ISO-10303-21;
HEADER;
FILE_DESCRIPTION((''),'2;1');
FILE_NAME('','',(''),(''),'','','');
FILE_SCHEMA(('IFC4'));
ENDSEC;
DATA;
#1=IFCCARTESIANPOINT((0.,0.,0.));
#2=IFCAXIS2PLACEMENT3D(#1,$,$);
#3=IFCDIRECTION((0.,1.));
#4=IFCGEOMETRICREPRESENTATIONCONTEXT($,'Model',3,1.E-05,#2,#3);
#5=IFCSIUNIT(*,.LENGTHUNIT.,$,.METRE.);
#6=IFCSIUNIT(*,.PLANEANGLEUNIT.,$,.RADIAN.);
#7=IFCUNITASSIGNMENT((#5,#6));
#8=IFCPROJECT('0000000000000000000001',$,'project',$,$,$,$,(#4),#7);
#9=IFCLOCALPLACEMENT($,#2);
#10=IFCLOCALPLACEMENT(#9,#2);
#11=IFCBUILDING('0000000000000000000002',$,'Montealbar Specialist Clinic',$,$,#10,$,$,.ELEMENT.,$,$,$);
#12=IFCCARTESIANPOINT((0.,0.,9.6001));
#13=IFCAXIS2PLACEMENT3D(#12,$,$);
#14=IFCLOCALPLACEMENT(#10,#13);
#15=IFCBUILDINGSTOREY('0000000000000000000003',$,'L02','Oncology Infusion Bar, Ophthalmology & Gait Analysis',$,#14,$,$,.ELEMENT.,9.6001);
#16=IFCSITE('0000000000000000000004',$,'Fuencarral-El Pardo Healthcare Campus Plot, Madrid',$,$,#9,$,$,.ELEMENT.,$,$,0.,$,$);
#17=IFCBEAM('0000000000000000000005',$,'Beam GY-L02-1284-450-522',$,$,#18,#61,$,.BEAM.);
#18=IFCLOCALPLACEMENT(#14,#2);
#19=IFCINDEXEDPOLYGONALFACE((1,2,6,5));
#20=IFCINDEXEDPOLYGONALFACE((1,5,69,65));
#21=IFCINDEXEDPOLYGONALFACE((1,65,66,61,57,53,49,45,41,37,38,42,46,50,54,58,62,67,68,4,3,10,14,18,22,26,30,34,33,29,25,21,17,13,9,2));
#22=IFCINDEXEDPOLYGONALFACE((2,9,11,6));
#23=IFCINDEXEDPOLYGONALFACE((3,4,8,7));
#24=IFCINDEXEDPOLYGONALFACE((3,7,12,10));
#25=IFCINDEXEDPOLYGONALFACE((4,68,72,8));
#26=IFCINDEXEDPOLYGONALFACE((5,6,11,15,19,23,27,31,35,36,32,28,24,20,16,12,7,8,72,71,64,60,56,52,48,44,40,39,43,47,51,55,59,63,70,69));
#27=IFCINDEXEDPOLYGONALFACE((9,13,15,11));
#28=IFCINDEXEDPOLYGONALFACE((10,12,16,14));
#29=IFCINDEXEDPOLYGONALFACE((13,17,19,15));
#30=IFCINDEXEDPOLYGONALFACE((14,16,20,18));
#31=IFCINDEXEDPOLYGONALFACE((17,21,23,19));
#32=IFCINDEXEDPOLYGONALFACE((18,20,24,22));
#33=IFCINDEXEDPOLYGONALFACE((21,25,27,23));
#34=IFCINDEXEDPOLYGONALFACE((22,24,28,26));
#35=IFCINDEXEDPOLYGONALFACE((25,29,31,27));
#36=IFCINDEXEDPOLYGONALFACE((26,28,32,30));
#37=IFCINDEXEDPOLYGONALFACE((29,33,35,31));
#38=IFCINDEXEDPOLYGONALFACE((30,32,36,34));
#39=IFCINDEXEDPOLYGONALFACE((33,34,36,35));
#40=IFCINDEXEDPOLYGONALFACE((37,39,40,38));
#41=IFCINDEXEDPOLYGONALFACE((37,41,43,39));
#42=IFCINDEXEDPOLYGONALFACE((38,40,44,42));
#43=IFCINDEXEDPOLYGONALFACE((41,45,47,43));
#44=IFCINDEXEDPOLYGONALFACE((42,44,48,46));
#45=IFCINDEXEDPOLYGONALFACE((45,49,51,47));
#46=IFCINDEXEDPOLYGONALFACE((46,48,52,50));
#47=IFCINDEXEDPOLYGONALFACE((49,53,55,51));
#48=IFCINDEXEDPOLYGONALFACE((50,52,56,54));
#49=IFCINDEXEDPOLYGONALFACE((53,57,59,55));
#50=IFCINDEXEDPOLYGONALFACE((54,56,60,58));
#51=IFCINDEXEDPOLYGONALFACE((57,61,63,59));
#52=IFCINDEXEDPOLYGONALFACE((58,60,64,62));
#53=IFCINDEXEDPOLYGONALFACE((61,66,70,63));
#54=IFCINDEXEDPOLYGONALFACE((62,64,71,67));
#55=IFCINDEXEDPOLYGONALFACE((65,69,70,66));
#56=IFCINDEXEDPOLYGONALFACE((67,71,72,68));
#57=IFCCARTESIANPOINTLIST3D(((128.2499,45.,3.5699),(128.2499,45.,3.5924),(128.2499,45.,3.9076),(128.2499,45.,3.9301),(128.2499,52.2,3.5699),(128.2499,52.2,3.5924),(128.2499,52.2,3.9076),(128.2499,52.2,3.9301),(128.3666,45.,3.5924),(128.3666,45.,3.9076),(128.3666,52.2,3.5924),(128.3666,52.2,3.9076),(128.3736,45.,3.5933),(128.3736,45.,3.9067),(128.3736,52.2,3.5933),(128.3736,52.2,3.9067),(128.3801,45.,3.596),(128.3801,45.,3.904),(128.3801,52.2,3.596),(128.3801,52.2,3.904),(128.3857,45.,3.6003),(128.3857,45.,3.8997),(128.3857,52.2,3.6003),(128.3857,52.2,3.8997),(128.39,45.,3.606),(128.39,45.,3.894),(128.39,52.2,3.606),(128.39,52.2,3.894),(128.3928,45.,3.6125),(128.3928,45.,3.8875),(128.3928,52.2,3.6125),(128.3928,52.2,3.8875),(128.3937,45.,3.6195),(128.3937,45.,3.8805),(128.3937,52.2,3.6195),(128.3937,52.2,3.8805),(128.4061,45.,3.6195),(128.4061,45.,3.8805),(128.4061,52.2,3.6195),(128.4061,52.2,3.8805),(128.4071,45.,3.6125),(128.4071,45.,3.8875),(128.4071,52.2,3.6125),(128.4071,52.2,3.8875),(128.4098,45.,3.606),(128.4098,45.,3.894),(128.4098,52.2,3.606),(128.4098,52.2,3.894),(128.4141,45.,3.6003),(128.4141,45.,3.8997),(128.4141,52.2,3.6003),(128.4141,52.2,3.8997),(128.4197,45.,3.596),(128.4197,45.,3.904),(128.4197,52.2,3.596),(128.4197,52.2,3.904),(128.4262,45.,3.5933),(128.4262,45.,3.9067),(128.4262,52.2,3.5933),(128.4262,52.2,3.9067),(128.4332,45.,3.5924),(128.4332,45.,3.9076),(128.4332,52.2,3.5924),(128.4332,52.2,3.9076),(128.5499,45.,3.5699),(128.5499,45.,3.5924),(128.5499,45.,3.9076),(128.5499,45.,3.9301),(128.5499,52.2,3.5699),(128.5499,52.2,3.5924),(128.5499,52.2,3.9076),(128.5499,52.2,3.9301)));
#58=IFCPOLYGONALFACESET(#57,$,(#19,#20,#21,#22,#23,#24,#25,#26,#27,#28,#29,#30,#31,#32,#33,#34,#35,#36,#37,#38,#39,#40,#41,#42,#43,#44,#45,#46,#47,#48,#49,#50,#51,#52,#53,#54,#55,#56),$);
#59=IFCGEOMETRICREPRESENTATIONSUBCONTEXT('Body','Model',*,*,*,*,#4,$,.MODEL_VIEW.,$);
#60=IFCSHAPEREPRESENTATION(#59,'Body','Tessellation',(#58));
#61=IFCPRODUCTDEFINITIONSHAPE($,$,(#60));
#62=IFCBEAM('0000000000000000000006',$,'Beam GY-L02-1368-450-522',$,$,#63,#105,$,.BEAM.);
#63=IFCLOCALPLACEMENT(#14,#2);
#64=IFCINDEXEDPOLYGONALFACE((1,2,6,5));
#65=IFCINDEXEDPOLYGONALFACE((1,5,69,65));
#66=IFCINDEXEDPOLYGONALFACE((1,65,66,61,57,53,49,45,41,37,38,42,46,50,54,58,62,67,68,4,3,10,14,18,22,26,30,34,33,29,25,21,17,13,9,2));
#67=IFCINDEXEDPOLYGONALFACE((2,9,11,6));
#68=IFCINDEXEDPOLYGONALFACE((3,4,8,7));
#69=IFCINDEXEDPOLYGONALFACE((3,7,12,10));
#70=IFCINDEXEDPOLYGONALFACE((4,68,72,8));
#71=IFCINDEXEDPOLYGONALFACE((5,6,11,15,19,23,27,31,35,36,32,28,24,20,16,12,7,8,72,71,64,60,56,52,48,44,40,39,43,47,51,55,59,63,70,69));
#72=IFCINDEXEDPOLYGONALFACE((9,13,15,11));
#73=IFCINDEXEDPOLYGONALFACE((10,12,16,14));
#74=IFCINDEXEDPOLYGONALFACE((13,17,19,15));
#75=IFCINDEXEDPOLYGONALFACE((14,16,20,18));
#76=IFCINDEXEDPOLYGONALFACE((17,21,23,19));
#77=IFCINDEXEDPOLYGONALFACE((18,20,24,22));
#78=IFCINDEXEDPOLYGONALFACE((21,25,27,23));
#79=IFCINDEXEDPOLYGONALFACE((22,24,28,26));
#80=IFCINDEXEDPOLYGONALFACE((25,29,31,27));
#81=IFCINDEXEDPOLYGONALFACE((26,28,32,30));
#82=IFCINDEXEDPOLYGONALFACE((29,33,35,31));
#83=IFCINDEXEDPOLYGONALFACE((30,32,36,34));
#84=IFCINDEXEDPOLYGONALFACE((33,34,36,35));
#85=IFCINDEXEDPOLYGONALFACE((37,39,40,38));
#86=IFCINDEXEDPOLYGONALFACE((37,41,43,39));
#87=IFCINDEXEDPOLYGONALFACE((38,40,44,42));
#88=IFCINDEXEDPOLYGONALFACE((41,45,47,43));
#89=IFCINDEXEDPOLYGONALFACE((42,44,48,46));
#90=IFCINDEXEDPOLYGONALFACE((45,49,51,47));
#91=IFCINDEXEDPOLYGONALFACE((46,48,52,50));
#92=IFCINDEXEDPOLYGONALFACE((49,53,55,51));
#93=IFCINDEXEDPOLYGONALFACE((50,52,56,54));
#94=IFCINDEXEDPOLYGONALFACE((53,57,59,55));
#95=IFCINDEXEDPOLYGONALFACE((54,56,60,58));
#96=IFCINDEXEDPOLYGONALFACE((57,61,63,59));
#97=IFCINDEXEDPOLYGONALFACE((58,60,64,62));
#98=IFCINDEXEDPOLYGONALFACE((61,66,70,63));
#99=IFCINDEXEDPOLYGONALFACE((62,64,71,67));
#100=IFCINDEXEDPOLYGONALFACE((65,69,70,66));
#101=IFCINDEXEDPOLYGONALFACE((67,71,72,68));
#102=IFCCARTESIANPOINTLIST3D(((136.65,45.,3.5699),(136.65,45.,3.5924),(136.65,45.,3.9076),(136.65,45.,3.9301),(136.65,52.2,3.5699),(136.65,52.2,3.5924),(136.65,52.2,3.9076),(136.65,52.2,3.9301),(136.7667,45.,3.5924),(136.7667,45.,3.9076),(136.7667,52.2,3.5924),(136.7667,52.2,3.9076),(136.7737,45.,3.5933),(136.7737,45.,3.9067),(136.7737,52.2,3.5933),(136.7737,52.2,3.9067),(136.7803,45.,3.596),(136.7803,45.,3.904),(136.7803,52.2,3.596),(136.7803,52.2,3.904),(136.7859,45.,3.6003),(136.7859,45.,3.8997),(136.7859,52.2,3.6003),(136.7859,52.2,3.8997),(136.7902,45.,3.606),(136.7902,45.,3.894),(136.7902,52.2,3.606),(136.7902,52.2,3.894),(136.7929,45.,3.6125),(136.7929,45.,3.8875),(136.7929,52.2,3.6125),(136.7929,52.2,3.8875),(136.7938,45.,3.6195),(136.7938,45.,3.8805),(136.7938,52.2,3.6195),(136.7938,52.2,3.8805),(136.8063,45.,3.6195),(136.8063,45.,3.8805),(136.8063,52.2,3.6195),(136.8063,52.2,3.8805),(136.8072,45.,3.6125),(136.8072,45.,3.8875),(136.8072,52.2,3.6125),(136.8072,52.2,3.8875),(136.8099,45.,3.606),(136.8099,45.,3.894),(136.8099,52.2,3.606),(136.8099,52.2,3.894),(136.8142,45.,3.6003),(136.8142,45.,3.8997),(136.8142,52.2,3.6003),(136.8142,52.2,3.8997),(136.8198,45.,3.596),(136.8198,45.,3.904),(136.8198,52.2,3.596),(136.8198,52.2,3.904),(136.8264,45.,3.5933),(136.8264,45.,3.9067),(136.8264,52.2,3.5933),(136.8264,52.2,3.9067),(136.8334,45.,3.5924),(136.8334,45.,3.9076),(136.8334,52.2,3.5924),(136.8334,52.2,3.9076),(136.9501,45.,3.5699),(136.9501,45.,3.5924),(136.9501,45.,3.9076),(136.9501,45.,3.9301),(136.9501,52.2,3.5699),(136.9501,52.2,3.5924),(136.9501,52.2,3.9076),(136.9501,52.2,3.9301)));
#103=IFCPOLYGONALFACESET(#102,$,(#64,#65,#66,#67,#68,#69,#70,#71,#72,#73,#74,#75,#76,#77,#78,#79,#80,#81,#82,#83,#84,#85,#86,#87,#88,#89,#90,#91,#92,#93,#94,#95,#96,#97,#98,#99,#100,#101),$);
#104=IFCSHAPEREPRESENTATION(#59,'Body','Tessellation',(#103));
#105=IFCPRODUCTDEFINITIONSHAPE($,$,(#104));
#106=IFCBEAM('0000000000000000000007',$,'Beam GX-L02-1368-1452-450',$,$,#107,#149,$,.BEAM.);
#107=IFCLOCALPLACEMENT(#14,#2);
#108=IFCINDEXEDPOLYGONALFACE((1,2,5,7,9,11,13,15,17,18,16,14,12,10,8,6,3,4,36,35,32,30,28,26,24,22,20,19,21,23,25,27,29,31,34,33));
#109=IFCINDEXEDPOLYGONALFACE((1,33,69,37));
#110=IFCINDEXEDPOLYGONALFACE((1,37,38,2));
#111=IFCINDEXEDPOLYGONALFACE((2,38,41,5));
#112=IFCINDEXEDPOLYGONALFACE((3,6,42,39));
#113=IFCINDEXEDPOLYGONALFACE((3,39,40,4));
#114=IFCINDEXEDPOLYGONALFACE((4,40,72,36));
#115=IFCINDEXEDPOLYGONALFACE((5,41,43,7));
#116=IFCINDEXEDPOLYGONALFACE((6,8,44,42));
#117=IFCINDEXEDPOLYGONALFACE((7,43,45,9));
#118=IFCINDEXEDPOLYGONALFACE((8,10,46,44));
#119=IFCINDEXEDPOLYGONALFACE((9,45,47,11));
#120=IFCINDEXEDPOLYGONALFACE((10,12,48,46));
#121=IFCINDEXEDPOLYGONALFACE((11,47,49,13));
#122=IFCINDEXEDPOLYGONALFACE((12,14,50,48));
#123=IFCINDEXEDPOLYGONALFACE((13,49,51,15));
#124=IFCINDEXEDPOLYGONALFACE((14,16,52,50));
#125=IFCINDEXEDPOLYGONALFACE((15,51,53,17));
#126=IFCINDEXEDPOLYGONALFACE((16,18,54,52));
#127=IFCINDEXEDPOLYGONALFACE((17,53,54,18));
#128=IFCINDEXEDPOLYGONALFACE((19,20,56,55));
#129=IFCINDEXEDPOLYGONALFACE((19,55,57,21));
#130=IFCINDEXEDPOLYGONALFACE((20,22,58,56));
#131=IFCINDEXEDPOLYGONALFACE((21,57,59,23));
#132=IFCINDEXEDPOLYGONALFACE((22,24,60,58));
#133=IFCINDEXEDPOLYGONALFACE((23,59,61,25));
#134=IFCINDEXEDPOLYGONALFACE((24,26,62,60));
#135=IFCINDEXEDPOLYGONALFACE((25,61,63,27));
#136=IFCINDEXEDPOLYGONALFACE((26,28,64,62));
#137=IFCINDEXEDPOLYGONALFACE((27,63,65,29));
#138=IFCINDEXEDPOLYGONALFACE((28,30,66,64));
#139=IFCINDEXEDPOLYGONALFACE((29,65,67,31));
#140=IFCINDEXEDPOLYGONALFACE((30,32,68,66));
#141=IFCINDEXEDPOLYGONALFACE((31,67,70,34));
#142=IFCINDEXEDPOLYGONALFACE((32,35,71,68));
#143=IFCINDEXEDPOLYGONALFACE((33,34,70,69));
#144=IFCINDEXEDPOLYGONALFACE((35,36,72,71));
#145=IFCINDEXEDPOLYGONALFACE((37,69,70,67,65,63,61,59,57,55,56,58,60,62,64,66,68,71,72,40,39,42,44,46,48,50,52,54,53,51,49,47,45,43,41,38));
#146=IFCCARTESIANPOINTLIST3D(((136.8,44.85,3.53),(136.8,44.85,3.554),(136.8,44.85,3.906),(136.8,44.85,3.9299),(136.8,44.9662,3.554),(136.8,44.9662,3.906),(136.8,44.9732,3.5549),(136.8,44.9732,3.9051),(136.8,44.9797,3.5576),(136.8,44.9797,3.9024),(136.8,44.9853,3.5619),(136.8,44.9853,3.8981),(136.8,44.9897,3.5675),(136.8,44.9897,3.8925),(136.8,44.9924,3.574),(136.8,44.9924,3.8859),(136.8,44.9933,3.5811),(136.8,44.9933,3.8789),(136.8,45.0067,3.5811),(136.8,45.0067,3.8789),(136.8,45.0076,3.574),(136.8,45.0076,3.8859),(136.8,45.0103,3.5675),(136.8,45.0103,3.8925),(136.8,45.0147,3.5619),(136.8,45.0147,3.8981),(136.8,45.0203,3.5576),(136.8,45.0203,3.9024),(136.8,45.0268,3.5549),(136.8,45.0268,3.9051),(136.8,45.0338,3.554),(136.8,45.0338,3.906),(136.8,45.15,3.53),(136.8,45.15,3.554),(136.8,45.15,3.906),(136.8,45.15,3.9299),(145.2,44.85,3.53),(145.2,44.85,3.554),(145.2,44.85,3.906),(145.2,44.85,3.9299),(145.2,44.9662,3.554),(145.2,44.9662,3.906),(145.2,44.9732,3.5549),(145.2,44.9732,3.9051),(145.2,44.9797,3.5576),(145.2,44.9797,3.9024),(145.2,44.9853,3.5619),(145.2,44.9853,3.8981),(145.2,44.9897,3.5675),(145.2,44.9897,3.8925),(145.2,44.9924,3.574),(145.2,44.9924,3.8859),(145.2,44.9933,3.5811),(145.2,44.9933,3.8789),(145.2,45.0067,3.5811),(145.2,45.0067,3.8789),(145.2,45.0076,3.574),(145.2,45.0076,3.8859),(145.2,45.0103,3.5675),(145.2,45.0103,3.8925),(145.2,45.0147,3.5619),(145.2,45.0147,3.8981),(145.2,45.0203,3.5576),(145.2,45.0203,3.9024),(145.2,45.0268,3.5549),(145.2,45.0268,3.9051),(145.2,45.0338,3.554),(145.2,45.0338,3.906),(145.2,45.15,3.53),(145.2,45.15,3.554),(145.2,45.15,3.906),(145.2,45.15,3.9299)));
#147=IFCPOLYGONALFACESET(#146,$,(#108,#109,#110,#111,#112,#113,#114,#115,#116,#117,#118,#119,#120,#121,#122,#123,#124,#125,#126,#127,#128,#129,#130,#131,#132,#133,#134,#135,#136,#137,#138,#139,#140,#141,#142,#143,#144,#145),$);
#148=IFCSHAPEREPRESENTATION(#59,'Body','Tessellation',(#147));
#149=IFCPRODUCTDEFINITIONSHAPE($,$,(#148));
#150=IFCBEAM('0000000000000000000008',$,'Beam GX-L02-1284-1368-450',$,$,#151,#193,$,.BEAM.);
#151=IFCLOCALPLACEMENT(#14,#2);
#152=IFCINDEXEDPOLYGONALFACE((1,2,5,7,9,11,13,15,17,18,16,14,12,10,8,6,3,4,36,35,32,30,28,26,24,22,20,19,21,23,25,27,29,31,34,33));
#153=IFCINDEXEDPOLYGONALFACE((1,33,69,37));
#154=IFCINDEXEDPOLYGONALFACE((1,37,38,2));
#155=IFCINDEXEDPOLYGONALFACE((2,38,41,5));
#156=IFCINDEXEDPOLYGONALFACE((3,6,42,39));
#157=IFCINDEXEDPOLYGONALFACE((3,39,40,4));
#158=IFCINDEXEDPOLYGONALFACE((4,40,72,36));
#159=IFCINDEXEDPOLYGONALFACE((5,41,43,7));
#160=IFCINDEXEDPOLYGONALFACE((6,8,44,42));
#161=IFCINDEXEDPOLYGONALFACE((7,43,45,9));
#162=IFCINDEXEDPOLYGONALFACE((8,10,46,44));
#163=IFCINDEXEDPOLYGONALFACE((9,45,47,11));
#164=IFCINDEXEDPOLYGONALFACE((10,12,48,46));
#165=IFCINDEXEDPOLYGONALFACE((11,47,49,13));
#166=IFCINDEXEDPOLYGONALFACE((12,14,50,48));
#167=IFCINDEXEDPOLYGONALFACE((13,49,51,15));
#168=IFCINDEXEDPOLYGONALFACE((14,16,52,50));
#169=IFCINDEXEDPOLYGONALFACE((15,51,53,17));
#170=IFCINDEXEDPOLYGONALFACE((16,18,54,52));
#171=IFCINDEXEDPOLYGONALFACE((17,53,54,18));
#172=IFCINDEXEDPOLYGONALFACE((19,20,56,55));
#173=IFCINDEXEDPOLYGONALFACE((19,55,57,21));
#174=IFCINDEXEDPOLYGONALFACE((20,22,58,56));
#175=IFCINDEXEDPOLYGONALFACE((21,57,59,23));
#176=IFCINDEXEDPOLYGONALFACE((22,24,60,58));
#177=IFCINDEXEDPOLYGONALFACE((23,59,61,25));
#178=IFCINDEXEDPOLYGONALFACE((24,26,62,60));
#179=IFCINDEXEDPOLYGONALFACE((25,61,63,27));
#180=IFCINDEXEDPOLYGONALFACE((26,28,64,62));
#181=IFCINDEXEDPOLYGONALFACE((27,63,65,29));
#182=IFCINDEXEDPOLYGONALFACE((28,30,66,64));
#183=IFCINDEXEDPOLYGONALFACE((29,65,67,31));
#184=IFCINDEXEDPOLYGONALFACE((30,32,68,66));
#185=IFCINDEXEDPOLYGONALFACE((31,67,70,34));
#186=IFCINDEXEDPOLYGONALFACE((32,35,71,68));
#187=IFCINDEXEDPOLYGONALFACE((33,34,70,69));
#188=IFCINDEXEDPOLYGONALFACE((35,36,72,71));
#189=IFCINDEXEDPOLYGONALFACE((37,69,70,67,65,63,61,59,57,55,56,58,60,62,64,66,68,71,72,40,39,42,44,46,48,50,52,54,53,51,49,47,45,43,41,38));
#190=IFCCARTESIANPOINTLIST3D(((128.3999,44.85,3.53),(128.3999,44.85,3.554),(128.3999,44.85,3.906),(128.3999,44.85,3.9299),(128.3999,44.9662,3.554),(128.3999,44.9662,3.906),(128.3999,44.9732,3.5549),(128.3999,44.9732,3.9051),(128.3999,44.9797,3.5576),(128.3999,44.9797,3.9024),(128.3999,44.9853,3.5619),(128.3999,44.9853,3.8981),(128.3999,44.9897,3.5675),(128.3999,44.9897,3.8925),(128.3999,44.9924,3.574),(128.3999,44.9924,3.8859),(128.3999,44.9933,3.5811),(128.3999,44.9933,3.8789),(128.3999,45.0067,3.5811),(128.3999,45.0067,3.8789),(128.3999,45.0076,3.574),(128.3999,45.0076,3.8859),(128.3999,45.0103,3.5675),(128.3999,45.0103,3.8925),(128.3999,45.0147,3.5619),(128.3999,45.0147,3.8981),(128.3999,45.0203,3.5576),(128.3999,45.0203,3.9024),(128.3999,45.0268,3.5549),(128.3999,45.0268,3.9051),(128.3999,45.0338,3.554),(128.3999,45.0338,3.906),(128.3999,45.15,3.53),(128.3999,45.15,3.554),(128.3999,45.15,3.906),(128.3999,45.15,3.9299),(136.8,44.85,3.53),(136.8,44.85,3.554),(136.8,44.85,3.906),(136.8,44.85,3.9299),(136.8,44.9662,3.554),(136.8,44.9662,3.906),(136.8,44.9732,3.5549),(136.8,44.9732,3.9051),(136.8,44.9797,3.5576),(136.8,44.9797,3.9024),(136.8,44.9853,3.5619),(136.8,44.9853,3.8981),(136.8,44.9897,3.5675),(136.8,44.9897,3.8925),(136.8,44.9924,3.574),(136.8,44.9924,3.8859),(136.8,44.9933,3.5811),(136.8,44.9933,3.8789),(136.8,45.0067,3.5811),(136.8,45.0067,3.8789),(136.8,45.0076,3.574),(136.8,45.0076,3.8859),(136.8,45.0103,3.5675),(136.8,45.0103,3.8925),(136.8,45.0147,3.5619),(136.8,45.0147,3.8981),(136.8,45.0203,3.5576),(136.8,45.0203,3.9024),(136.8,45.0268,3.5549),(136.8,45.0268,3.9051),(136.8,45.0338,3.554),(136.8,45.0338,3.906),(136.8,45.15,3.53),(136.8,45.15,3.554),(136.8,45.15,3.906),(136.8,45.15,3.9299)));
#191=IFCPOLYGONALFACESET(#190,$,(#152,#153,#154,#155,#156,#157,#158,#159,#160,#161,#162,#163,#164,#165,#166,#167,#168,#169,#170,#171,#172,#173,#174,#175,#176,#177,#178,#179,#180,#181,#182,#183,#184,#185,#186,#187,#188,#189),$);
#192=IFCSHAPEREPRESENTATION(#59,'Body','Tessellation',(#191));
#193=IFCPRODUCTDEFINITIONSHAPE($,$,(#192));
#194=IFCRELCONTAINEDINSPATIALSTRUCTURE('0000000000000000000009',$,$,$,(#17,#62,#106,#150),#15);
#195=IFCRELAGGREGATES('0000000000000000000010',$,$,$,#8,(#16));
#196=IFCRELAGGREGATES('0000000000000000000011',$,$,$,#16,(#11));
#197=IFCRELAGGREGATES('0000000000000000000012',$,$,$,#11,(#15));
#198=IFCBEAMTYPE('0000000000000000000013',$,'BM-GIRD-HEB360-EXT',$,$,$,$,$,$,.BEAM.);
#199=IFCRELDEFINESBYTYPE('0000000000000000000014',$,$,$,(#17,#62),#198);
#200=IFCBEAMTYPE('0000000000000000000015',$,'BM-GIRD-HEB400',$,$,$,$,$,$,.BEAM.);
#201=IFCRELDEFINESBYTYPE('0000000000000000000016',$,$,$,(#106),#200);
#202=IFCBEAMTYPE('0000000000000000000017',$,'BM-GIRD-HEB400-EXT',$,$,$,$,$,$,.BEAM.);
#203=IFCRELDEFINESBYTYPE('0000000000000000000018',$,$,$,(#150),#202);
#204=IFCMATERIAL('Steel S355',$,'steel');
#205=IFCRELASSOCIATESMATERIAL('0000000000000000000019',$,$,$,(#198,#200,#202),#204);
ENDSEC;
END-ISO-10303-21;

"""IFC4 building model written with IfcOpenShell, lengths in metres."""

from ifc_helpers import new_model, si_unit, direction, frame, origin, origin_2d, place, context, subcontext, project, spatial, i_section, extrude, material, material_profile, profile_set, type_object, element, save


model = new_model("IFC4")

# Units and contexts
model_context = context("Model", 3, precision=1e-05, world=origin(), true_north=direction((0.0, 1.0)))
body_context = subcontext(model_context, "Body", "Model", "MODEL_VIEW")
ifc_project = project(units=[si_unit("LENGTHUNIT", "METRE"), si_unit("PLANEANGLEUNIT", "RADIAN")], contexts=[model_context])

# Site, building, storey
site_placement = place(None, origin())
site = spatial("IfcSite", under=ifc_project, at=site_placement, Name="Fuencarral-El Pardo Healthcare Campus Plot, Madrid", CompositionType="ELEMENT", RefElevation=0.0)
building_placement = place(site_placement, origin())
building = spatial("IfcBuilding", under=site, at=building_placement, Name="Montealbar Specialist Clinic", CompositionType="ELEMENT")
storey_placement = place(building_placement, frame((0.0, 0.0, 9.6001)))
storey = spatial("IfcBuildingStorey", under=building, at=storey_placement, Name="L02", Description="Oncology Infusion Bar, Ophthalmology & Gait Analysis", CompositionType="ELEMENT", Elevation=9.6001)

# Shared definitions
ifc_material_1 = material(Name="Steel S355", Category="steel")

# Beams
ifc_material_profile_1 = material_profile(ifc_material_1, i_section(OverallWidth=0.3, OverallDepth=0.3601, WebThickness=0.0125, FlangeThickness=0.0225, FilletRadius=0.0271, at=origin_2d()), Name="HEB 360", Category="steel")
ifc_profile_set_1 = profile_set([ifc_material_profile_1], Name="Steel S355")
beam_type_1 = type_object("IfcBeamType", Name="BM-GIRD-HEB360-EXT", PredefinedType="BEAM", material=ifc_profile_set_1)
for number, where, z_axis, x_axis, name in (
    (1, (128.3999, 45.0, 3.75), (0.0, 1.0, 0.0), (-1.0, 0.0, 0.0), "Beam GY-L02-1284-450-522"),
    (2, (136.8, 45.0, 3.75), (0.0, 1.0, 0.0), (-1.0, 0.0, 0.0), "Beam GY-L02-1368-450-522"),
):
    element("IfcBeam", number, at=place(storey_placement, frame(where, z_axis=z_axis, x_axis=x_axis)), inside=storey, type_object=beam_type_1, Name=name, PredefinedType="BEAM", context=body_context, shape_type="SweptSolid", body=[
        extrude(i_section(OverallWidth=0.3, OverallDepth=0.3601, WebThickness=0.0125, FlangeThickness=0.0225, FilletRadius=0.0271, at=origin_2d()), origin(), (0.0, 0.0, 1.0), 7.2),
    ])
ifc_material_profile_2 = material_profile(ifc_material_1, i_section(OverallWidth=0.3, OverallDepth=0.3999, WebThickness=0.0134, FlangeThickness=0.0239, FilletRadius=0.0271, at=origin_2d()), Name="HEB 400", Category="steel")
ifc_profile_set_2 = profile_set([ifc_material_profile_2], Name="Steel S355")
beam_type_2 = type_object("IfcBeamType", Name="BM-GIRD-HEB400", PredefinedType="BEAM", material=ifc_profile_set_2)
beam_1_placement = place(storey_placement, frame((136.8, 45.0, 3.73), z_axis=(1.0, 0.0, 0.0), x_axis=(0.0, 1.0, 0.0)))
element("IfcBeam", 3, at=beam_1_placement, inside=storey, type_object=beam_type_2, Name="Beam GX-L02-1368-1452-450", PredefinedType="BEAM", context=body_context, shape_type="SweptSolid", body=[
    extrude(i_section(OverallWidth=0.3, OverallDepth=0.3999, WebThickness=0.0134, FlangeThickness=0.0239, FilletRadius=0.0271, at=origin_2d()), origin(), (0.0, 0.0, 1.0), 8.3999),
])
ifc_material_profile_3 = material_profile(ifc_material_1, i_section(OverallWidth=0.3, OverallDepth=0.3999, WebThickness=0.0134, FlangeThickness=0.0239, FilletRadius=0.0271, at=origin_2d()), Name="HEB 400", Category="steel")
ifc_profile_set_3 = profile_set([ifc_material_profile_3], Name="Steel S355")
beam_type_3 = type_object("IfcBeamType", Name="BM-GIRD-HEB400-EXT", PredefinedType="BEAM", material=ifc_profile_set_3)
for number, where, z_axis, x_axis, name in (
    (4, (128.3999, 45.0, 3.73), (1.0, 0.0, 0.0), (0.0, 1.0, 0.0), "Beam GX-L02-1284-1368-450"),
):
    element("IfcBeam", number, at=place(storey_placement, frame(where, z_axis=z_axis, x_axis=x_axis)), inside=storey, type_object=beam_type_3, Name=name, PredefinedType="BEAM", context=body_context, shape_type="SweptSolid", body=[
        extrude(i_section(OverallWidth=0.3, OverallDepth=0.3999, WebThickness=0.0134, FlangeThickness=0.0239, FilletRadius=0.0271, at=origin_2d()), origin(), (0.0, 0.0, 1.0), 8.4001),
    ])

save(model, "model.ifc")
